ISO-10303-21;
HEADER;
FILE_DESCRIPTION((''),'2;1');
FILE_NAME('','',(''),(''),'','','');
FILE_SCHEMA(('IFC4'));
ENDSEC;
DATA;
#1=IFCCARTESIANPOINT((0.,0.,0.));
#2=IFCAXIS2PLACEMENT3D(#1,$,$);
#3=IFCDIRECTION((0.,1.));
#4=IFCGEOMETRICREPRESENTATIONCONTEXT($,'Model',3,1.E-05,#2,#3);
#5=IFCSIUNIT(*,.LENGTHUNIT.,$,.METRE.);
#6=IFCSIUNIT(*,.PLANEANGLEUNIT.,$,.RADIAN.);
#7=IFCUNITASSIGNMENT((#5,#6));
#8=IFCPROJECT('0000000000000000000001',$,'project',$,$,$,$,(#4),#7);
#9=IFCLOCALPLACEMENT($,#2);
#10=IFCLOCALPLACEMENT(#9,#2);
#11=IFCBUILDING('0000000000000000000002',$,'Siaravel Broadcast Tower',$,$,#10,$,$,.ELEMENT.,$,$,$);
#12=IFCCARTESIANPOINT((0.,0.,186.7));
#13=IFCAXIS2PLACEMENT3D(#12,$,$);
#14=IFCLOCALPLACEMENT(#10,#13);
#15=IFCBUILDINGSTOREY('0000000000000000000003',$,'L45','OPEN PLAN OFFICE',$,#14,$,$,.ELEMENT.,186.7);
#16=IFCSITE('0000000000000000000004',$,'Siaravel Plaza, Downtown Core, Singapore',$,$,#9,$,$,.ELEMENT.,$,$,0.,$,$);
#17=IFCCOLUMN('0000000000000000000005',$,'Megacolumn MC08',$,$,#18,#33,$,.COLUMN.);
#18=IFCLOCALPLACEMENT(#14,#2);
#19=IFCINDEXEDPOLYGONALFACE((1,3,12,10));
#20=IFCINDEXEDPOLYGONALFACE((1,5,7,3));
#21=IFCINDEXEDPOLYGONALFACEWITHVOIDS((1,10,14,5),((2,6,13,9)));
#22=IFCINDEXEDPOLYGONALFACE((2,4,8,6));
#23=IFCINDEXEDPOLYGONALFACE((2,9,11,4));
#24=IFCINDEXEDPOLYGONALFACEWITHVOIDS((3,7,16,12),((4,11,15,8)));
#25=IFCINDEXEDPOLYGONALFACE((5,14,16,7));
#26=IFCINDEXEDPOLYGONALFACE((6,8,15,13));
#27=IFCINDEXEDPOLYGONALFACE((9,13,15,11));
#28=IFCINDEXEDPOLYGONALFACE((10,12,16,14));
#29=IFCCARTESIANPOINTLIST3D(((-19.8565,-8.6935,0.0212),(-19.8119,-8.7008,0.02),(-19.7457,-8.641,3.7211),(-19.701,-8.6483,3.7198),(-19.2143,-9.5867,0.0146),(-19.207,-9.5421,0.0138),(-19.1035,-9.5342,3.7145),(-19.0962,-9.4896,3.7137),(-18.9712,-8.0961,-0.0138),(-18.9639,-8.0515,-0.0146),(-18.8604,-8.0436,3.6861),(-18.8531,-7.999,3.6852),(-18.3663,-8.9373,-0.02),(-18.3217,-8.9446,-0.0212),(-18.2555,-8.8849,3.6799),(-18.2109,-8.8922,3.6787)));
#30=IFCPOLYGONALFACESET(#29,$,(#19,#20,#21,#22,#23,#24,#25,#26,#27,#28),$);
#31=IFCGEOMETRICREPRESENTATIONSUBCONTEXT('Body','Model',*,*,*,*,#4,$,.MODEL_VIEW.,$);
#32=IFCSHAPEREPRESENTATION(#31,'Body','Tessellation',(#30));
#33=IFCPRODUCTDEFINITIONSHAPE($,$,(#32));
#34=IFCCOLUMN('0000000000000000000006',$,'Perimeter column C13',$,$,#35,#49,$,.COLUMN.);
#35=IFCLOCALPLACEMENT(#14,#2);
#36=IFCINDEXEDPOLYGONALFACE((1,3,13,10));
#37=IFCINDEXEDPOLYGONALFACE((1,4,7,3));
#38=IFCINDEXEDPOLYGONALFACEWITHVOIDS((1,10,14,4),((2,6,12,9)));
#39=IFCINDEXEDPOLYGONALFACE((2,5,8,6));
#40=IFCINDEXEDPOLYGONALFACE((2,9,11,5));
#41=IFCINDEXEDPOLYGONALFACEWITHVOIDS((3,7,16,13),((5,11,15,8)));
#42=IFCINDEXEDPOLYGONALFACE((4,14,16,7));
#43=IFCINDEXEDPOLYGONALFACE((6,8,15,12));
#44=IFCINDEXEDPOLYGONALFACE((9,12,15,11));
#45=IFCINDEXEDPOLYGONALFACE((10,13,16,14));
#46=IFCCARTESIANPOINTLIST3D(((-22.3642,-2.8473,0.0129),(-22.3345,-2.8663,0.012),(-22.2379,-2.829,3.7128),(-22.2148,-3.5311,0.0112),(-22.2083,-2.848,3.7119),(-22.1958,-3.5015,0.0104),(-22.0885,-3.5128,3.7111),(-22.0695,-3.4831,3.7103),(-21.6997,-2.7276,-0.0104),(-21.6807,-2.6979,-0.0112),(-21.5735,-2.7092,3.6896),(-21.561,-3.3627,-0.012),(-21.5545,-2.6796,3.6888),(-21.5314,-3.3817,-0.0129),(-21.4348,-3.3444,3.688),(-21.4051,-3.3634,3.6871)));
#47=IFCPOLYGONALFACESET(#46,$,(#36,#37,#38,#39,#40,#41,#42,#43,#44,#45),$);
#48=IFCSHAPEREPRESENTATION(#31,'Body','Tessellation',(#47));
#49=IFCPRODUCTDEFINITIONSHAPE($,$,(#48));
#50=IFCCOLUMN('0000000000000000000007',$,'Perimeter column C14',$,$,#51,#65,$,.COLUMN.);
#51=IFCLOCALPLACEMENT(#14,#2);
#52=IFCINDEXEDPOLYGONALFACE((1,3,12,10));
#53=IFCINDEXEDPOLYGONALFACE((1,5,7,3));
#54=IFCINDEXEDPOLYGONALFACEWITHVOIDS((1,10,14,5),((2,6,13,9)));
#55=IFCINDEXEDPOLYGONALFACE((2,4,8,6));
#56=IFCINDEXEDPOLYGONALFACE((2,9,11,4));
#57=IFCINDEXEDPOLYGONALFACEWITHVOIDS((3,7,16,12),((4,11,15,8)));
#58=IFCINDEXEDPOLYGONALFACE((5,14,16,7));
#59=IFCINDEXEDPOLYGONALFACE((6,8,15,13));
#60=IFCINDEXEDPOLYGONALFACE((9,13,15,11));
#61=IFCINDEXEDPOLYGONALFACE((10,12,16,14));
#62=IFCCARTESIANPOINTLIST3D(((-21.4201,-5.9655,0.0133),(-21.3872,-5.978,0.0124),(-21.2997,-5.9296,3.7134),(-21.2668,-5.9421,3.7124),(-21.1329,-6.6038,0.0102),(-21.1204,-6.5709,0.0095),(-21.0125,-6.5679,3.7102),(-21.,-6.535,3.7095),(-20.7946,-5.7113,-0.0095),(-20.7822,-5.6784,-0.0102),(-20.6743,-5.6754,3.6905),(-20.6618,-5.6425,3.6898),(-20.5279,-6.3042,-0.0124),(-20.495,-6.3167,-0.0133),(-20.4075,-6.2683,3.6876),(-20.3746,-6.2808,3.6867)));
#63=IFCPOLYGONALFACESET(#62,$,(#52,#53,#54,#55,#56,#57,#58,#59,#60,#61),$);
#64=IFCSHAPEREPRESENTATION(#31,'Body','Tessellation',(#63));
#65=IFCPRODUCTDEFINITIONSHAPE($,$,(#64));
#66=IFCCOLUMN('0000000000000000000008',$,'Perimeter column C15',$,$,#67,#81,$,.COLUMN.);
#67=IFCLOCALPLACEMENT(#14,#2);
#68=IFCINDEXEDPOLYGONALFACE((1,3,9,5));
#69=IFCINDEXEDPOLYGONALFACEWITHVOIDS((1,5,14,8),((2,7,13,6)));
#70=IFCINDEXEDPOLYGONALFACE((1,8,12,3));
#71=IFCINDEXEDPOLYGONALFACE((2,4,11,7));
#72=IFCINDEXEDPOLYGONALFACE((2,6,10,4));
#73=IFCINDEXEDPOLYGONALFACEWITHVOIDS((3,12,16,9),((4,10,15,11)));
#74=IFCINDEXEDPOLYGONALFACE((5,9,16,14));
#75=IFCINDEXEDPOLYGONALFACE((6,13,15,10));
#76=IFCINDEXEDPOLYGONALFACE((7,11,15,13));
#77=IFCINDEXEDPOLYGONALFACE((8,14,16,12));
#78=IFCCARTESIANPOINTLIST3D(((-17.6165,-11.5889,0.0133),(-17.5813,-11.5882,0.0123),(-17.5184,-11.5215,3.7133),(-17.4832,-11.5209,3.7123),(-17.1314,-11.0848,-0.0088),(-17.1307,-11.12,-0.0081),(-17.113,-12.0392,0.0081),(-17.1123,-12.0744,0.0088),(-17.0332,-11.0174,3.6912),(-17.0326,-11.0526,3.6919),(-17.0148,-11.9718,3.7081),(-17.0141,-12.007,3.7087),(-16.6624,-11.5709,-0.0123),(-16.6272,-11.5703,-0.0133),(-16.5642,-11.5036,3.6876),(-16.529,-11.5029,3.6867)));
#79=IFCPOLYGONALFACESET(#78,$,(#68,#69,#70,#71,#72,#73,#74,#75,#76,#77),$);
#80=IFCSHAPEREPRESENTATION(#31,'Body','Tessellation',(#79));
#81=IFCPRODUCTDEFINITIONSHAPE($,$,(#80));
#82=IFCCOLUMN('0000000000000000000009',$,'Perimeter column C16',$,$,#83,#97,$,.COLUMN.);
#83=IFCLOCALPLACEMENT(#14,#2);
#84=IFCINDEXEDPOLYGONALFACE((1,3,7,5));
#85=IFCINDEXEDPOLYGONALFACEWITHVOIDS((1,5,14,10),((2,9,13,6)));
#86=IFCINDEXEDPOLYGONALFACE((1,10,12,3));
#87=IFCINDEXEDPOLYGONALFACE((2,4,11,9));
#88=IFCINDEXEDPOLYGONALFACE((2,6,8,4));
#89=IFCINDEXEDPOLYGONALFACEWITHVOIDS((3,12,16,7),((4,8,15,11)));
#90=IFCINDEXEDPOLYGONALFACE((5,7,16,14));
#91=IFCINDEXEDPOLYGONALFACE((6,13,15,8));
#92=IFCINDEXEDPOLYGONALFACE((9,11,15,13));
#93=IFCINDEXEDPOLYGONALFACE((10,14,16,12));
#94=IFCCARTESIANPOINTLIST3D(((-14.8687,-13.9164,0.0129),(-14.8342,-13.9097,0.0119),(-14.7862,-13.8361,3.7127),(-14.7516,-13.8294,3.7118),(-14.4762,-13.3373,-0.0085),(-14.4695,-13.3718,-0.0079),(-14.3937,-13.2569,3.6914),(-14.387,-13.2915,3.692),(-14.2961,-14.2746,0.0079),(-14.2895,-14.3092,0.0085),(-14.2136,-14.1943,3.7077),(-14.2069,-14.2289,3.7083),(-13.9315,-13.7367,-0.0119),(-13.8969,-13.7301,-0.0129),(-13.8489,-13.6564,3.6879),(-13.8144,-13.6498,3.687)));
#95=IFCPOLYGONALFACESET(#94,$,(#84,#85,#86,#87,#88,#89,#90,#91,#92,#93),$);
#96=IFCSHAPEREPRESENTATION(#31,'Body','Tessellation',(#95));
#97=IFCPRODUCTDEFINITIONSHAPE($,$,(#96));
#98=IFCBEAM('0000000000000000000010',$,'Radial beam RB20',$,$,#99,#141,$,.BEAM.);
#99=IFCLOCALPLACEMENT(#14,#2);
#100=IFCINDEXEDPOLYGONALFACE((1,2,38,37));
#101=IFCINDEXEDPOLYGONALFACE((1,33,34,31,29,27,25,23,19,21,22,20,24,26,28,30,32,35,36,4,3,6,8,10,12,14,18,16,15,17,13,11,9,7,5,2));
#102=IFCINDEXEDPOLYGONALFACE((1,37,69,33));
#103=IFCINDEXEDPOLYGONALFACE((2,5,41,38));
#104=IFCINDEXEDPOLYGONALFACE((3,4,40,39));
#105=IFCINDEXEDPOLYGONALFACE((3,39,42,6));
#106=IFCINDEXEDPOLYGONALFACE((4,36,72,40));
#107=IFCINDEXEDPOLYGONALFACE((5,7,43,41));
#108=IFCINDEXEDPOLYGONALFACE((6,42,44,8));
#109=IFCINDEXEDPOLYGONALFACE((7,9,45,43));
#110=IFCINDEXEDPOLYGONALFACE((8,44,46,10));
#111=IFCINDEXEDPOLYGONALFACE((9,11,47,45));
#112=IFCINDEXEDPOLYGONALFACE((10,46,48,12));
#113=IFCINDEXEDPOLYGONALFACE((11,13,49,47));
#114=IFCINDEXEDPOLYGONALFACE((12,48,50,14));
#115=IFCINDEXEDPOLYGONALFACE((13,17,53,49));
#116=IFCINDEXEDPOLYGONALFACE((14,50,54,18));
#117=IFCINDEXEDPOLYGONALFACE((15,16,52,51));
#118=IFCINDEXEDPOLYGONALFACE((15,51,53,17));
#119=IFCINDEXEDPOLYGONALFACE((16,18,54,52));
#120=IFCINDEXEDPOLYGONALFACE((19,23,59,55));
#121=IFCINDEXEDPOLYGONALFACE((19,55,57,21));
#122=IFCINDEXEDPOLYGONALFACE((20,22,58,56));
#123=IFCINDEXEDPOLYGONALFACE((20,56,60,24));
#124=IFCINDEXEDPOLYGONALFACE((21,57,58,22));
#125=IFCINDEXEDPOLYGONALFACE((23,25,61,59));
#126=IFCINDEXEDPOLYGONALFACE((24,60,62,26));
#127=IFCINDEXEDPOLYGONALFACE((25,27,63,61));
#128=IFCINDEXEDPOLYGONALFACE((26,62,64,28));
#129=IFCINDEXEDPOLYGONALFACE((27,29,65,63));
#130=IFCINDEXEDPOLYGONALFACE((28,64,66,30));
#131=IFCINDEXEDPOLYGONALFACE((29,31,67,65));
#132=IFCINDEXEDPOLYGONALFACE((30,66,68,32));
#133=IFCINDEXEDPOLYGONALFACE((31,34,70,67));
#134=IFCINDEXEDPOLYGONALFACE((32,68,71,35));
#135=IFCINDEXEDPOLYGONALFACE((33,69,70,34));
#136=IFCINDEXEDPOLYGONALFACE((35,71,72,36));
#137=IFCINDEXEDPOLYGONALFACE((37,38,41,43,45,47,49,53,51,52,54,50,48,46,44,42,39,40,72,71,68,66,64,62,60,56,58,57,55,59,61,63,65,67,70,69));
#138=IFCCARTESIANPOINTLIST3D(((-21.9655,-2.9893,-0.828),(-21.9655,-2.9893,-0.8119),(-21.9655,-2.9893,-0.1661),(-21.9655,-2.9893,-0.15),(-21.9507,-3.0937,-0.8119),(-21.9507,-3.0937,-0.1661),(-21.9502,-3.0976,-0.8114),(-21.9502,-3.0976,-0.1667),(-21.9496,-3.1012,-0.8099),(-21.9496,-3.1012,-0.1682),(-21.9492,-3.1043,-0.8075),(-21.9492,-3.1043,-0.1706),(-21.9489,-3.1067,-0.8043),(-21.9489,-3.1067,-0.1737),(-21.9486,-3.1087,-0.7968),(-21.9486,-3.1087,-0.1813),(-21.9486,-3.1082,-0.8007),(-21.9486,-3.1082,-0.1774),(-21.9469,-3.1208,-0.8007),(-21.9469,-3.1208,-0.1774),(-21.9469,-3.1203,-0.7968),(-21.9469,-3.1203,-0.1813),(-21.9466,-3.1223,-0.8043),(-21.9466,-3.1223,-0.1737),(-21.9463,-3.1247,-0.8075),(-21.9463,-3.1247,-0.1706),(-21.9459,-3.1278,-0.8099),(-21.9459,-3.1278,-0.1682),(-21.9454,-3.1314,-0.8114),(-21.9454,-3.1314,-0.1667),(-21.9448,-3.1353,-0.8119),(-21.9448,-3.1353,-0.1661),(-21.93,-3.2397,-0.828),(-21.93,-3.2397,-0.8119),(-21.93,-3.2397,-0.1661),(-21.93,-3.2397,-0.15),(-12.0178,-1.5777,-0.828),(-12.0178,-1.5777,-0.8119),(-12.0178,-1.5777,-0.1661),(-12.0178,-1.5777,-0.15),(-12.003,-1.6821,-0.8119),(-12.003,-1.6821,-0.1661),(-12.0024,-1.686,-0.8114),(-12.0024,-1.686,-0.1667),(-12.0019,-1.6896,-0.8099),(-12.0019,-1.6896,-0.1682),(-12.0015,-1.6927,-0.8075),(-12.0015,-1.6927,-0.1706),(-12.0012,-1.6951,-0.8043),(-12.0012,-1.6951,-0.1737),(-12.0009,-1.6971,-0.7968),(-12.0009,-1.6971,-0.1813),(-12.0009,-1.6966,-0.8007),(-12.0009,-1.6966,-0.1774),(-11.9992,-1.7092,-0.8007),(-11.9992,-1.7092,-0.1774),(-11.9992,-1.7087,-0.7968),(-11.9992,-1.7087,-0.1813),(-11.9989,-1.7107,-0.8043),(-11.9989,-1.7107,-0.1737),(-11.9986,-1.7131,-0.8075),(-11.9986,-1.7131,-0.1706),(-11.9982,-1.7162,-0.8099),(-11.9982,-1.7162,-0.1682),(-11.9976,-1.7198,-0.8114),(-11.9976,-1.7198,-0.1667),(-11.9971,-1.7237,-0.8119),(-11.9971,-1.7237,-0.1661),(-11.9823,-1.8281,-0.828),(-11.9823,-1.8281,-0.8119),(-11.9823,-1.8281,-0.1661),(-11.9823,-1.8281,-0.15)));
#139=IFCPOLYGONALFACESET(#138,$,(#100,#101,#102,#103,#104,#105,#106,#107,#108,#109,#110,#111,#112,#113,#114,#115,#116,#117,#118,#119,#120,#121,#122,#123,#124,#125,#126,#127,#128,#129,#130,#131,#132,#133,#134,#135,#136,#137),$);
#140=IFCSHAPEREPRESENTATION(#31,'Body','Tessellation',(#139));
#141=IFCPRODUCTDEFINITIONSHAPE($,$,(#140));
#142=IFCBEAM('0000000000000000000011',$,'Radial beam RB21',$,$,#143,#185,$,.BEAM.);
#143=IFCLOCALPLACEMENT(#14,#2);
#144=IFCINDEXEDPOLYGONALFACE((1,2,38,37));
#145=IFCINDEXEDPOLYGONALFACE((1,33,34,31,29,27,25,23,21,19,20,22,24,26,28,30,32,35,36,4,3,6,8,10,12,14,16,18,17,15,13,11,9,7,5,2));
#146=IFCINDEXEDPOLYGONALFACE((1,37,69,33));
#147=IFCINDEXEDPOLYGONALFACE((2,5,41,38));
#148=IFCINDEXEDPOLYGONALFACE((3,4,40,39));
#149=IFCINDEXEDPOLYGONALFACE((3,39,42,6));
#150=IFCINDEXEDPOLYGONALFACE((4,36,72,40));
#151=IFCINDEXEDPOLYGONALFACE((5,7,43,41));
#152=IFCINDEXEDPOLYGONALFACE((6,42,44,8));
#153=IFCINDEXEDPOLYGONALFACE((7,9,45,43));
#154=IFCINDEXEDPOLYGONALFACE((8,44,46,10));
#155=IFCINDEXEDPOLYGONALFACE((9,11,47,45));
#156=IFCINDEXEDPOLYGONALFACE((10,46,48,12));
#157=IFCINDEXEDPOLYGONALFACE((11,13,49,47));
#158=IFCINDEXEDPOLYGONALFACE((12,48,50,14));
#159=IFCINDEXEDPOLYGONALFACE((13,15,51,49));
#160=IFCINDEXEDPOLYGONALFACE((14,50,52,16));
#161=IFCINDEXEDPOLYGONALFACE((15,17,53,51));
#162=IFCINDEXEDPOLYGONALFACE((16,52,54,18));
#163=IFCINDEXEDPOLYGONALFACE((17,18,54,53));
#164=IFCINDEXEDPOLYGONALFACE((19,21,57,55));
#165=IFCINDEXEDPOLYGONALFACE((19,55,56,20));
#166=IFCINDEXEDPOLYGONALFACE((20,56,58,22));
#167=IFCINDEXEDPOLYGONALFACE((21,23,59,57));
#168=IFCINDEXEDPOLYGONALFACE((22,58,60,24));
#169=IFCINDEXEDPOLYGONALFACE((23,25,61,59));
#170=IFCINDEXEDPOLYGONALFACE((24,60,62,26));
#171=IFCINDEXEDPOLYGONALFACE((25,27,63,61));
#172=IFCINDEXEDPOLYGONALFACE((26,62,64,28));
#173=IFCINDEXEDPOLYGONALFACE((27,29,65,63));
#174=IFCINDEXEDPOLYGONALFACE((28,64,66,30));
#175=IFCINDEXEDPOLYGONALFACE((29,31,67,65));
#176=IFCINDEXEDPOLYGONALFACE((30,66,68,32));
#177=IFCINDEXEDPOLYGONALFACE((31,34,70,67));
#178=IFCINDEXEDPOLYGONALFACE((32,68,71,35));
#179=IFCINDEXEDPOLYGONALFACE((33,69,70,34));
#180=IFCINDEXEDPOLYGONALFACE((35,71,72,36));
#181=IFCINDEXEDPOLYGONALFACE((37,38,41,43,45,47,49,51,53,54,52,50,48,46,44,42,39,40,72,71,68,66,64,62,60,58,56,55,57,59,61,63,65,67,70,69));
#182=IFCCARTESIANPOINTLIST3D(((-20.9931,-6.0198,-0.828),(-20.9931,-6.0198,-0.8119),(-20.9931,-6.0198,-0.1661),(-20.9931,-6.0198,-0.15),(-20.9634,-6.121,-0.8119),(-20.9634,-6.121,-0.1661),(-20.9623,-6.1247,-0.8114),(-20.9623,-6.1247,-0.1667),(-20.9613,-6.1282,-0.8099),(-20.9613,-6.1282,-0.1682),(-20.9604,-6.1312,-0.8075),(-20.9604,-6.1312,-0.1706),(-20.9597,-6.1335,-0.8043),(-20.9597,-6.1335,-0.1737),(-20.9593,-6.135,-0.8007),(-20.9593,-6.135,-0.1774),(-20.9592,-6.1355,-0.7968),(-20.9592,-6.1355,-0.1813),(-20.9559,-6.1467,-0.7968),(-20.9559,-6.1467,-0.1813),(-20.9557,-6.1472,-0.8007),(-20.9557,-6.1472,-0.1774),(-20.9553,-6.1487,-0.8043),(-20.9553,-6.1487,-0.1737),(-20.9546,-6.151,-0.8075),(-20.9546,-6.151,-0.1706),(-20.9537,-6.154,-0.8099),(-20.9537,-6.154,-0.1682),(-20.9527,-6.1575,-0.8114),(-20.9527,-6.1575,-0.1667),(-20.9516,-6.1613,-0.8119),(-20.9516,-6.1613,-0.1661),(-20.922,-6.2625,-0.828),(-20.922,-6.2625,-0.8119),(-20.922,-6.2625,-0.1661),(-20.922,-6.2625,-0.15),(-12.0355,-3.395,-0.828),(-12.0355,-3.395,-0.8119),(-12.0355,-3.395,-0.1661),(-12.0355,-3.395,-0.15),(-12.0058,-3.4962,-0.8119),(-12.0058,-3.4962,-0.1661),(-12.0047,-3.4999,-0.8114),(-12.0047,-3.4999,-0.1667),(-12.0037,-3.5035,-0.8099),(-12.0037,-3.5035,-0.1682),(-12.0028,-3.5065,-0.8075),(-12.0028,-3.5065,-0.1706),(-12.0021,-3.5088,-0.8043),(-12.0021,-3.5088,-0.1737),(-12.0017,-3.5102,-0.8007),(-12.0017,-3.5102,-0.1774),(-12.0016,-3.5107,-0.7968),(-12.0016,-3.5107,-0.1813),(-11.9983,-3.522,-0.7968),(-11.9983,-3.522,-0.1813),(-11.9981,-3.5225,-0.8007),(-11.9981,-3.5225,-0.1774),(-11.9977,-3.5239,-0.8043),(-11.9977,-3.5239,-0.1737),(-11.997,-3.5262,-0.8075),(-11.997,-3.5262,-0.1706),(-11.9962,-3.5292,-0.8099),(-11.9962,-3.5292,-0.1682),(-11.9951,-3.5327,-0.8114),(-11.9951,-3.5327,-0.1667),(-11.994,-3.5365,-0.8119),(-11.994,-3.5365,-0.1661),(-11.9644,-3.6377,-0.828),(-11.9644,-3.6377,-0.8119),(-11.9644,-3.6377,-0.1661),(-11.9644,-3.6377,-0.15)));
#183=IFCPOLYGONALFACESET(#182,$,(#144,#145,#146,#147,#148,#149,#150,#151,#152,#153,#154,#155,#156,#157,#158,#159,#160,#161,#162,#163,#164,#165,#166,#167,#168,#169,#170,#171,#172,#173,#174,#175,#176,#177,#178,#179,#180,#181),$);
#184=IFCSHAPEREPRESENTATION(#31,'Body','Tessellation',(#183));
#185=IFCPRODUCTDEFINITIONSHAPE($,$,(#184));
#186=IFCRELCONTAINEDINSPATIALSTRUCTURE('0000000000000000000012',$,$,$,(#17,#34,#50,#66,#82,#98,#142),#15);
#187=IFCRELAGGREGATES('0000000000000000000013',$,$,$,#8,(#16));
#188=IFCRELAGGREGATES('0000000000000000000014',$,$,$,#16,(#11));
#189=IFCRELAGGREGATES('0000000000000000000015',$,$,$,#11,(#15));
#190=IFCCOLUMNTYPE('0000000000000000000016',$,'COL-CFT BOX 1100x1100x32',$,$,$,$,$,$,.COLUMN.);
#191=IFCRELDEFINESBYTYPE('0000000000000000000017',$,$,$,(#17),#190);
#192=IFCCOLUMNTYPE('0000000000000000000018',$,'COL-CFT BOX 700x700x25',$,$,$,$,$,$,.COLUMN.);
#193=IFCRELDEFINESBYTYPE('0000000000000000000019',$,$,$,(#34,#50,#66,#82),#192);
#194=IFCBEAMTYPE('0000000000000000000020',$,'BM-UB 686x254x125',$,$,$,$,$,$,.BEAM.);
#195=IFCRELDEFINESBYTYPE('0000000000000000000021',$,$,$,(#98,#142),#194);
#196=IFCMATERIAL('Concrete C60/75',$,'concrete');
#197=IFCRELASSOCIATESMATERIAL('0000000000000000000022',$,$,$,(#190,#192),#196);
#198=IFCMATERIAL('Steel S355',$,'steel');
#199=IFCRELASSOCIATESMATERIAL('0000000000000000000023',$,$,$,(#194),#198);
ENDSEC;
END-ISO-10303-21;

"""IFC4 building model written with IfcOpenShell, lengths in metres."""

from ifc_helpers import new_model, si_unit, direction, frame, origin, origin_2d, place, context, subcontext, project, spatial, hollow_rectangle, i_section, extrude, material, material_profile, profile_set, type_object, element, save


model = new_model("IFC4")

# Units and contexts
model_context = context("Model", 3, precision=1e-05, world=origin(), true_north=direction((0.0, 1.0)))
body_context = subcontext(model_context, "Body", "Model", "MODEL_VIEW")
ifc_project = project(units=[si_unit("LENGTHUNIT", "METRE"), si_unit("PLANEANGLEUNIT", "RADIAN")], contexts=[model_context])

# Site, building, storey
site_placement = place(None, origin())
site = spatial("IfcSite", under=ifc_project, at=site_placement, Name="Siaravel Plaza, Downtown Core, Singapore", CompositionType="ELEMENT", RefElevation=0.0)
building_placement = place(site_placement, origin())
building = spatial("IfcBuilding", under=site, at=building_placement, Name="Siaravel Broadcast Tower", CompositionType="ELEMENT")
storey_placement = place(building_placement, frame((0.0, 0.0, 186.7)))
storey = spatial("IfcBuildingStorey", under=building, at=storey_placement, Name="L45", Description="OPEN PLAN OFFICE", CompositionType="ELEMENT", Elevation=186.7)

# Columns
ifc_material_1 = material(Name="Concrete C60/75", Category="concrete")
ifc_material_profile_1 = material_profile(ifc_material_1, hollow_rectangle(XDim=1.1001, YDim=1.1001, WallThickness=0.032, at=origin_2d()))
ifc_profile_set_1 = profile_set([ifc_material_profile_1], Name="Concrete C60/75")
column_type_1 = type_object("IfcColumnType", Name="COL-CFT BOX 1100x1100x32", PredefinedType="COLUMN", material=ifc_profile_set_1)
column_1_placement = place(storey_placement, frame((-19.0891, -8.8191, 0.0), z_axis=(0.029941, 0.014179, 0.999451), x_axis=(-0.583774, 0.811894, 0.00597)))
element("IfcColumn", 1, at=column_1_placement, inside=storey, type_object=column_type_1, Name="Megacolumn MC08", PredefinedType="COLUMN", context=body_context, shape_type="SweptSolid", body=[
    extrude(hollow_rectangle(XDim=1.1001, YDim=1.1001, WallThickness=0.032, at=origin_2d()), origin(), (0.0, 0.0, 1.0), 3.7019),
])
ifc_material_profile_2 = material_profile(ifc_material_1, hollow_rectangle(XDim=0.7, YDim=0.7, WallThickness=0.0249, at=origin_2d()))
ifc_profile_set_2 = profile_set([ifc_material_profile_2], Name="Concrete C60/75")
column_type_2 = type_object("IfcColumnType", Name="COL-CFT BOX 700x700x25", PredefinedType="COLUMN", material=ifc_profile_set_2)
for number, where, z_axis, x_axis, name in (
    (2, (-21.9478, -3.1145, 0.0), (0.034094, 0.004946, 0.999406), (-0.213435, 0.976954, 0.002446), "Perimeter column C13"),
    (3, (-20.9575, -6.1411, 0.0), (0.032512, 0.009694, 0.999424), (-0.410315, 0.911933, 0.004502), "Perimeter column C14"),
):
    element("IfcColumn", number, at=place(storey_placement, frame(where, z_axis=z_axis, x_axis=x_axis)), inside=storey, type_object=column_type_2, Name=name, PredefinedType="COLUMN", context=body_context, shape_type="SweptSolid", body=[
        extrude(hollow_rectangle(XDim=0.7, YDim=0.7, WallThickness=0.0249, at=origin_2d()), origin(), (0.0, 0.0, 1.0), 3.7021),
    ])
column_2_placement = place(storey_placement, frame((-17.1218, -11.5796, 0.0), z_axis=(0.026512, 0.018202, 0.999483), x_axis=(-0.720371, 0.693559, 0.006478)))
element("IfcColumn", 4, at=column_2_placement, inside=storey, type_object=column_type_2, Name="Perimeter column C15", PredefinedType="COLUMN", context=body_context, shape_type="SweptSolid", body=[
    extrude(hollow_rectangle(XDim=0.7, YDim=0.7, WallThickness=0.0249, at=origin_2d()), origin(), (0.0, 0.0, 1.0), 3.7019),
])
column_3_placement = place(storey_placement, frame((-14.3828, -13.8232, 0.0), z_axis=(0.022292, 0.021698, 0.999516), x_axis=(-0.827618, 0.561257, 0.006274)))
element("IfcColumn", 5, at=column_3_placement, inside=storey, type_object=column_type_2, Name="Perimeter column C16", PredefinedType="COLUMN", context=body_context, shape_type="SweptSolid", body=[
    extrude(hollow_rectangle(XDim=0.7, YDim=0.7, WallThickness=0.0249, at=origin_2d()), origin(), (0.0, 0.0, 1.0), 3.7017),
])

# Beams
ifc_material_2 = material(Name="Steel S355", Category="steel")
ifc_material_profile_3 = material_profile(ifc_material_2, i_section(OverallWidth=0.2529, OverallDepth=0.678, WebThickness=0.0117, FlangeThickness=0.0161, FilletRadius=0.0151, at=origin_2d()))
ifc_profile_set_3 = profile_set([ifc_material_profile_3], Name="Steel S355")
beam_type = type_object("IfcBeamType", Name="BM-UB 686x254x125", PredefinedType="BEAM", material=ifc_profile_set_3)
beam_1_placement = place(storey_placement, frame((-21.9478, -3.1145, -0.489), z_axis=(0.990081, 0.140496, 0.0), x_axis=(-0.140496, 0.990081, 0.0)))
element("IfcBeam", 6, at=beam_1_placement, inside=storey, type_object=beam_type, Name="Radial beam RB20", PredefinedType="BEAM", context=body_context, shape_type="SweptSolid", body=[
    extrude(i_section(OverallWidth=0.2529, OverallDepth=0.678, WebThickness=0.0117, FlangeThickness=0.0161, FilletRadius=0.0151, at=origin_2d()), origin(), (0.0, 0.0, 1.0), 10.0474),
])
beam_2_placement = place(storey_placement, frame((-20.9575, -6.1411, -0.489), z_axis=(0.959649, 0.281199, 0.0), x_axis=(-0.281199, 0.959649, 0.0)))
element("IfcBeam", 7, at=beam_2_placement, inside=storey, type_object=beam_type, Name="Radial beam RB21", PredefinedType="BEAM", context=body_context, shape_type="SweptSolid", body=[
    extrude(i_section(OverallWidth=0.2529, OverallDepth=0.678, WebThickness=0.0117, FlangeThickness=0.0161, FilletRadius=0.0151, at=origin_2d()), origin(), (0.0, 0.0, 1.0), 9.3342),
])

save(model, "model.ifc")
